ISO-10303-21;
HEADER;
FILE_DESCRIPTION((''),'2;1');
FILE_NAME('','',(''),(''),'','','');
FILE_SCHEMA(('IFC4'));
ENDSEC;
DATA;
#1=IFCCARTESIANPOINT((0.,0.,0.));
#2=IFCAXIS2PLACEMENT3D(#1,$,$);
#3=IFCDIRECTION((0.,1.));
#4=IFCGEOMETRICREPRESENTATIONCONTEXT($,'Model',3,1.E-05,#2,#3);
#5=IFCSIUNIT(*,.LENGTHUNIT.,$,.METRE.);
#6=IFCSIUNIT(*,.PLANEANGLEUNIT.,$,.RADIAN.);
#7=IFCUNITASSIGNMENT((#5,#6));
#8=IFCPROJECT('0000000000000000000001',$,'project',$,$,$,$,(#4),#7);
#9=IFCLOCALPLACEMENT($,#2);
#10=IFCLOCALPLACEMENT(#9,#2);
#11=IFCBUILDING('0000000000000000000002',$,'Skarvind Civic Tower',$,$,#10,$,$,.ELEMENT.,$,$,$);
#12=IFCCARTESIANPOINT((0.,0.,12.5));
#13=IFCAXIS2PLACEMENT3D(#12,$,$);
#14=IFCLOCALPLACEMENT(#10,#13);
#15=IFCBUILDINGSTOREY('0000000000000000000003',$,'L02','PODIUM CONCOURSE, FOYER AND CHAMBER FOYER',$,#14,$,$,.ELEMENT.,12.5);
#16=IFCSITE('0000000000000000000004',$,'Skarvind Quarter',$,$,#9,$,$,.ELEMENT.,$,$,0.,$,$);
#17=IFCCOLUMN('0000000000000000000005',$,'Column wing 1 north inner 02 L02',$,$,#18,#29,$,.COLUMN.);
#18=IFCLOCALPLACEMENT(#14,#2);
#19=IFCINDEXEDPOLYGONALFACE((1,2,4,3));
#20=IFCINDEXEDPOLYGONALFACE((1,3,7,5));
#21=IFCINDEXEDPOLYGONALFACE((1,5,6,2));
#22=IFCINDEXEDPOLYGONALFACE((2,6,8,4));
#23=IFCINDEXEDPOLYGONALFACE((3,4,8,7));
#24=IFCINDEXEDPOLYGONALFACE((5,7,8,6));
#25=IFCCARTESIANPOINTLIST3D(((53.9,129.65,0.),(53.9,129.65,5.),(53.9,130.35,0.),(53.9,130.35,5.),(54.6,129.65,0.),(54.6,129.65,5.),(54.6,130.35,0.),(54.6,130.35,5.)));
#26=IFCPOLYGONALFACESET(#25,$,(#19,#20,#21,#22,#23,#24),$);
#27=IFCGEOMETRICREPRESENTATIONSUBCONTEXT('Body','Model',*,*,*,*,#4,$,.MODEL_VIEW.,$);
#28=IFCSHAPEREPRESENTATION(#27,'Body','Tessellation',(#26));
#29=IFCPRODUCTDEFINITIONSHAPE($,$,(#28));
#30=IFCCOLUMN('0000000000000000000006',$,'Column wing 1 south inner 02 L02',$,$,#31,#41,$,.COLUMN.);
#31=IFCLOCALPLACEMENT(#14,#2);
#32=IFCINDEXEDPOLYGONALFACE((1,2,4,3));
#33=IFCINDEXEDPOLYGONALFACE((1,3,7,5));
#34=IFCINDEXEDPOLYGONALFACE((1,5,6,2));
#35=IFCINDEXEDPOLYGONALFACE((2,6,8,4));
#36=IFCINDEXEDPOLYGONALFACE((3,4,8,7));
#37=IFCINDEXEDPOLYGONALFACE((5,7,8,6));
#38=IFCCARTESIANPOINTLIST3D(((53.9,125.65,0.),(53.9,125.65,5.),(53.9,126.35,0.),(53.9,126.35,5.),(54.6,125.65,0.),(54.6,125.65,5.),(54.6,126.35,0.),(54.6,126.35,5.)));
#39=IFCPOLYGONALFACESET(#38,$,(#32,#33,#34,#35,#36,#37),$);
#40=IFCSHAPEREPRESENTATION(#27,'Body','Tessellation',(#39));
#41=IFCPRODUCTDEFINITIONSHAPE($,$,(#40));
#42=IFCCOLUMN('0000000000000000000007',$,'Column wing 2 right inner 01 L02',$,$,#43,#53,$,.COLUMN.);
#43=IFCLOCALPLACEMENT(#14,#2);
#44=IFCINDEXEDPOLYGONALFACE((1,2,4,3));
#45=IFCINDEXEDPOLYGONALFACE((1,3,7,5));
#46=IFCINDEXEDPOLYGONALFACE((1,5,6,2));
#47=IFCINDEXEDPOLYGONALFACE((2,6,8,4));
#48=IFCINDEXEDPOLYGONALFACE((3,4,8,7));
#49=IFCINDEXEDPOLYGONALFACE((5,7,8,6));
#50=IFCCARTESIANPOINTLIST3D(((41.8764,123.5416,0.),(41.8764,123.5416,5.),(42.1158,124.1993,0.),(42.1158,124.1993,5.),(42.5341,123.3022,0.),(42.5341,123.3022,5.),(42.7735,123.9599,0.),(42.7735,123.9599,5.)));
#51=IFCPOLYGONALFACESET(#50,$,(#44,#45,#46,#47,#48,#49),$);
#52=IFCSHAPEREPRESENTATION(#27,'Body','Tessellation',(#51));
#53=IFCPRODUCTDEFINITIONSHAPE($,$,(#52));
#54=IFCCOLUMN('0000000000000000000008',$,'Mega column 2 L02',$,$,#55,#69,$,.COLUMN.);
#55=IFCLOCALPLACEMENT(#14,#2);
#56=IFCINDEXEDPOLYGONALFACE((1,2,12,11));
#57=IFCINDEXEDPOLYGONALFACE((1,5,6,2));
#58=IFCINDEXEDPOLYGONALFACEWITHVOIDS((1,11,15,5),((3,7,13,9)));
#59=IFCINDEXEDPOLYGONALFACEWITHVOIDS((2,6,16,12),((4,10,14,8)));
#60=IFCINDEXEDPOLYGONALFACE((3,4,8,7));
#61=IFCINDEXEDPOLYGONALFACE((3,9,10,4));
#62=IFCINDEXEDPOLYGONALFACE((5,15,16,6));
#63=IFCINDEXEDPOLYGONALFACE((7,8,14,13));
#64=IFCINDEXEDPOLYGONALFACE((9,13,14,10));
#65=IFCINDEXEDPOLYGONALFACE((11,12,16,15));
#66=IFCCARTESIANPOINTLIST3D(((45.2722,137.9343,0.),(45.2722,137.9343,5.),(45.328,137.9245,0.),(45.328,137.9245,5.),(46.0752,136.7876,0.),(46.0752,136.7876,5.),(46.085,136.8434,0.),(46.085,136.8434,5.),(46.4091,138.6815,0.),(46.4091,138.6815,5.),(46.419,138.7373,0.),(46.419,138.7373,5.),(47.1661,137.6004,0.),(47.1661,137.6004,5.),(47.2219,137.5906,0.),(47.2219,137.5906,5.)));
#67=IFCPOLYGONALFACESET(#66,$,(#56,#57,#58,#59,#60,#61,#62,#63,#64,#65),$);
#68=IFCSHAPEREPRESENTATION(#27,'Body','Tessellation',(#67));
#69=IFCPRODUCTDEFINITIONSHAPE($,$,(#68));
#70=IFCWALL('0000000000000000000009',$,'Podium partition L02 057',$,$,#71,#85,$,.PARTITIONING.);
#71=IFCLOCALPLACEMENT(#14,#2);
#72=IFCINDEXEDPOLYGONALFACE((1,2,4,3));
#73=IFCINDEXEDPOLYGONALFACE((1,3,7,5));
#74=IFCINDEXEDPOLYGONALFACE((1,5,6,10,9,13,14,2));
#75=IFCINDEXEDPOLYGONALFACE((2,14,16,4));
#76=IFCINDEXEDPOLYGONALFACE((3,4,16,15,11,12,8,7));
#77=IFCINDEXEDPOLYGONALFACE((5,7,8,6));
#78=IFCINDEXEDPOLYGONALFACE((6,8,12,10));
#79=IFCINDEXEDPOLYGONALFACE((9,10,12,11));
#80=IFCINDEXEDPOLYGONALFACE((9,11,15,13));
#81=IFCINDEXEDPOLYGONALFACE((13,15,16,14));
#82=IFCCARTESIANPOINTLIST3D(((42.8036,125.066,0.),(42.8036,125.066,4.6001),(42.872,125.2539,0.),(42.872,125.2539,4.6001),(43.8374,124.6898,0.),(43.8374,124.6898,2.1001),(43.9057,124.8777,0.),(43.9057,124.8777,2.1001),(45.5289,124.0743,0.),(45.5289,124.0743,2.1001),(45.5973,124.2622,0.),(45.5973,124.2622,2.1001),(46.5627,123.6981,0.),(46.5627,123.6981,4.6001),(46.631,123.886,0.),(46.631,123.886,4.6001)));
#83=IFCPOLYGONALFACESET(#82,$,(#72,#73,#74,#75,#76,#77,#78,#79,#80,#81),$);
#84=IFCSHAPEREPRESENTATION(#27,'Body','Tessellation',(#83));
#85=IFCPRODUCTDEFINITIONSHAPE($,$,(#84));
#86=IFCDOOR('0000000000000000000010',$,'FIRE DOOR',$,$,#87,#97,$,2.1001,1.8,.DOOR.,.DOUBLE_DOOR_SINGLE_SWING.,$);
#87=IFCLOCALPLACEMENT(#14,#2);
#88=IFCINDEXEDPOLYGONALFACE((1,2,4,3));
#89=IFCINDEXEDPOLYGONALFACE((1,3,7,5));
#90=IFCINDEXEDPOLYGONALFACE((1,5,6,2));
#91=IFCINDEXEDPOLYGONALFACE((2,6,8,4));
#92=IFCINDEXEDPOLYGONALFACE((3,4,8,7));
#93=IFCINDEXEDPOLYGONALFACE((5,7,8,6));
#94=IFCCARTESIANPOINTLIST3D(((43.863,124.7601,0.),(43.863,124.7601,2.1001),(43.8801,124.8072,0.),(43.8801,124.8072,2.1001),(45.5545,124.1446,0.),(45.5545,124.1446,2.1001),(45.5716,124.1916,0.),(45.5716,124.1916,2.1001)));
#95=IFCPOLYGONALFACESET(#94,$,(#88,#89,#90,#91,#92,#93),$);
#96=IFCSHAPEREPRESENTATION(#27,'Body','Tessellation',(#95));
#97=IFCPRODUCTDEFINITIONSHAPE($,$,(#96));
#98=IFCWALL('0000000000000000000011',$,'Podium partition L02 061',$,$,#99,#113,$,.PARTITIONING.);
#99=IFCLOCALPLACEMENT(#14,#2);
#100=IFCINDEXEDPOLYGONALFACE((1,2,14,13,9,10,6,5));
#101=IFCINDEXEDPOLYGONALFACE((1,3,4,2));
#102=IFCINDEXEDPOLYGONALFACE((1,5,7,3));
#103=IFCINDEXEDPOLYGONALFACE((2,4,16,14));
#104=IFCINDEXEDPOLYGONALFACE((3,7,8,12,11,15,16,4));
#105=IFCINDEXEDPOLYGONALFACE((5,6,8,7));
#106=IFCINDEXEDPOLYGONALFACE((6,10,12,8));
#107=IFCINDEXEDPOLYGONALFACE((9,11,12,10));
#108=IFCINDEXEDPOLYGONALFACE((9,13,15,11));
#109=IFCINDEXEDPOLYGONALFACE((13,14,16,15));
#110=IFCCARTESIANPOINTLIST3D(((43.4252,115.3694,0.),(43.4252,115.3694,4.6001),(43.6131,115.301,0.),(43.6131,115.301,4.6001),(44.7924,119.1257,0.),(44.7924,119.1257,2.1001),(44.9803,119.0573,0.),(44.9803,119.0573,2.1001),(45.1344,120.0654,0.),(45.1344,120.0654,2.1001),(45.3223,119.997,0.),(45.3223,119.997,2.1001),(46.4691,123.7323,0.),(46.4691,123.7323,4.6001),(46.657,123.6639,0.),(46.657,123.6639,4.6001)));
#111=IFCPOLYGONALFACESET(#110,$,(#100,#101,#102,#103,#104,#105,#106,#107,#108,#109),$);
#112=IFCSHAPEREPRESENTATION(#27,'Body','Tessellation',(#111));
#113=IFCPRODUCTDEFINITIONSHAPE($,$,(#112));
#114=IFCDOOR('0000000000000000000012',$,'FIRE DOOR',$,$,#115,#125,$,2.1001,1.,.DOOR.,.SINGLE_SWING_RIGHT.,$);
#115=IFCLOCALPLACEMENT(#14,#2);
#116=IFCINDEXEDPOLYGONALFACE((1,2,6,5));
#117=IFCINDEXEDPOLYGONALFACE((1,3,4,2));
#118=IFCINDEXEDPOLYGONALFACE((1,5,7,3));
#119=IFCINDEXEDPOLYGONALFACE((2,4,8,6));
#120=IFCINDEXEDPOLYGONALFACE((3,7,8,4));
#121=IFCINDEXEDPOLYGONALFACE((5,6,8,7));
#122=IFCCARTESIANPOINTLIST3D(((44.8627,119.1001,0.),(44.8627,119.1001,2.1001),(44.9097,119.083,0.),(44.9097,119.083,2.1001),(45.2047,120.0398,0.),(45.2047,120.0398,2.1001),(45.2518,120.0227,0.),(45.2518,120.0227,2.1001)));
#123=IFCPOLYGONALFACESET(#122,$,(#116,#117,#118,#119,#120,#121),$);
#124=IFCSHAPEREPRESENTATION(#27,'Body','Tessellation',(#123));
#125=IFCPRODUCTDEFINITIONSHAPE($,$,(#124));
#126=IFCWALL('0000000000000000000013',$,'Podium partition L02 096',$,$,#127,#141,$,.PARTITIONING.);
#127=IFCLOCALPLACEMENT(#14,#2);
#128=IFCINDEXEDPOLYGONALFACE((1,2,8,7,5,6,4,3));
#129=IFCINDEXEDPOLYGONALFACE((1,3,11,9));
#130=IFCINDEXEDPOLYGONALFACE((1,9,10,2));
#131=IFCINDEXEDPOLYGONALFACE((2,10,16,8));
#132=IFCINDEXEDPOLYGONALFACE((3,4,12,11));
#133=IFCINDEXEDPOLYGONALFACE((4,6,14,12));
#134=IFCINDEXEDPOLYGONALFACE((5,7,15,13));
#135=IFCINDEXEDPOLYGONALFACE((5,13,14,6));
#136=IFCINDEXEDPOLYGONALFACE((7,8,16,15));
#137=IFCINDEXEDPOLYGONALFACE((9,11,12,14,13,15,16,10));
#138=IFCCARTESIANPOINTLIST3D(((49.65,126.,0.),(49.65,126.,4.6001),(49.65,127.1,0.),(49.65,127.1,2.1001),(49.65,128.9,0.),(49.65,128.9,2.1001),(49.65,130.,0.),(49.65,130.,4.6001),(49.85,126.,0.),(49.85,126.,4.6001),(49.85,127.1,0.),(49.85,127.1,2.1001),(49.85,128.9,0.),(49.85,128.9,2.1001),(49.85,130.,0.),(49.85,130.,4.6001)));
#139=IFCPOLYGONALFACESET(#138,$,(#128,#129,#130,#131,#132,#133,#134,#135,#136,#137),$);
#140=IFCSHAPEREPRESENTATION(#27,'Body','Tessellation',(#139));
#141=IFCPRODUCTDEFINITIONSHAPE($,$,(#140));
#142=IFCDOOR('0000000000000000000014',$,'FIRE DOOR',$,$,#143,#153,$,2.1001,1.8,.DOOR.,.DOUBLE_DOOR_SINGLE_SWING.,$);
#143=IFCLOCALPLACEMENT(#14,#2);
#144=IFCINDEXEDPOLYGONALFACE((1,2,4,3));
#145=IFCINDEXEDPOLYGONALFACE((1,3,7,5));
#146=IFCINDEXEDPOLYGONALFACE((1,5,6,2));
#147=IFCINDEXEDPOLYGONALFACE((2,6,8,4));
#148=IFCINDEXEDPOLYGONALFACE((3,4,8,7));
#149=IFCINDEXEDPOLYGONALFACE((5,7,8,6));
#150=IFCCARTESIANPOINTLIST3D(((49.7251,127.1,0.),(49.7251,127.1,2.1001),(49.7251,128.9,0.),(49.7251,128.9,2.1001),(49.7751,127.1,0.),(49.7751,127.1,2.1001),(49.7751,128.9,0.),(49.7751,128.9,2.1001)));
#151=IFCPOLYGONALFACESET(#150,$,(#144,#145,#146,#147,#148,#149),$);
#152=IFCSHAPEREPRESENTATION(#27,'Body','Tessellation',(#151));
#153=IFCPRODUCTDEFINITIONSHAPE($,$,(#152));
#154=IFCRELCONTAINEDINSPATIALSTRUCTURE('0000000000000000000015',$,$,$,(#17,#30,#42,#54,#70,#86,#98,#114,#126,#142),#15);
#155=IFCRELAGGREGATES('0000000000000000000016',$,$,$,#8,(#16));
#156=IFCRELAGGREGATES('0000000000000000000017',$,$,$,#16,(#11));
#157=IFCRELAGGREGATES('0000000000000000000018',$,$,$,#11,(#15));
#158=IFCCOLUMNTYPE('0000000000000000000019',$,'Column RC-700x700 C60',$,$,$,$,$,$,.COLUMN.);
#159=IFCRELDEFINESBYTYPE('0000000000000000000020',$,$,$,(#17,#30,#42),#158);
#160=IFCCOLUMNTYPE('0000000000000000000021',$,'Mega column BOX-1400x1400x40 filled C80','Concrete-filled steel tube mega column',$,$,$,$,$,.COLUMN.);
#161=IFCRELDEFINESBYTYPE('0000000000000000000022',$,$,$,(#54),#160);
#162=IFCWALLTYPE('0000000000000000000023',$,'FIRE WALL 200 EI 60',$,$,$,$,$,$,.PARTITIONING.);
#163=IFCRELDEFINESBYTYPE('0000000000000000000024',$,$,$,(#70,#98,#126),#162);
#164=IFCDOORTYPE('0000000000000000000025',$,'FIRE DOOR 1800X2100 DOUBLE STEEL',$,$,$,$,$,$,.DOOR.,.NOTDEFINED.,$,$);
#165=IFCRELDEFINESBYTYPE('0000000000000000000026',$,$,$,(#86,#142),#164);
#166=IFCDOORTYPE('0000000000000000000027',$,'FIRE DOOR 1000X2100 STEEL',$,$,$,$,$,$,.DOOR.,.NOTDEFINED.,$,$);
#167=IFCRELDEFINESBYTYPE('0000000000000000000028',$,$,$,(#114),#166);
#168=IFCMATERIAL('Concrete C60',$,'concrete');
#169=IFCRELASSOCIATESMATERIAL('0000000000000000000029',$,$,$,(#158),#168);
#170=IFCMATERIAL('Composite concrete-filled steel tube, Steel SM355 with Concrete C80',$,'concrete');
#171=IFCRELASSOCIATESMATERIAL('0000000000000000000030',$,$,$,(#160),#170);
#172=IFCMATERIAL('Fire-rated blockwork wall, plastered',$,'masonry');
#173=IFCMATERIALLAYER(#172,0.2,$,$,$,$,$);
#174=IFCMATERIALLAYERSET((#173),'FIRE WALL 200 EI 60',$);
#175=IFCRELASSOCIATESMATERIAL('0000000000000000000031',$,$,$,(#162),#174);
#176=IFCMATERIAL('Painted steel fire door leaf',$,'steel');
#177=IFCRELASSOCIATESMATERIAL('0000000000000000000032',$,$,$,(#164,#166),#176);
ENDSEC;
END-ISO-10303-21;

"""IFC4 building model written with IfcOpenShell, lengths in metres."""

from ifc_helpers import new_model, si_unit, direction, frame, frame_2d, origin, origin_2d, place, context, subcontext, project, spatial, rectangle, hollow_rectangle, extrude, material, layer, layer_set, material_profile, profile_set, type_object, element, fill, save


model = new_model("IFC4")

# Units and contexts
model_context = context("Model", 3, precision=1e-05, world=origin(), true_north=direction((0.0, 1.0)))
body_context = subcontext(model_context, "Body", "Model", "MODEL_VIEW")
ifc_project = project(units=[si_unit("LENGTHUNIT", "METRE"), si_unit("PLANEANGLEUNIT", "RADIAN")], contexts=[model_context])

# Site, building, storey
site_placement = place(None, origin())
site = spatial("IfcSite", under=ifc_project, at=site_placement, Name="Skarvind Quarter", CompositionType="ELEMENT", RefElevation=0.0)
building_placement = place(site_placement, origin())
building = spatial("IfcBuilding", under=site, at=building_placement, Name="Skarvind Civic Tower", CompositionType="ELEMENT")
storey_placement = place(building_placement, frame((0.0, 0.0, 12.5)))
storey = spatial("IfcBuildingStorey", under=building, at=storey_placement, Name="L02", Description="PODIUM CONCOURSE, FOYER AND CHAMBER FOYER", CompositionType="ELEMENT", Elevation=12.5)

# Columns
ifc_material_1 = material(Name="Concrete C60", Category="concrete")
ifc_material_profile_1 = material_profile(ifc_material_1, rectangle(XDim=0.7, YDim=0.7, at=origin_2d()), Name="RC-700x700")
ifc_profile_set_1 = profile_set([ifc_material_profile_1], Name="Concrete C60")
column_type_1 = type_object("IfcColumnType", Name="Column RC-700x700 C60", PredefinedType="COLUMN", material=ifc_profile_set_1)
for number, where, z_axis, x_axis, name in (
    (1, (54.25, 130.0, 0.0), (0.0, 0.0, 1.0), (1.0, 0.0, 0.0), "Column wing 1 north inner 02 L02"),
    (2, (54.25, 126.0, 0.0), (0.0, 0.0, 1.0), (1.0, 0.0, 0.0), "Column wing 1 south inner 02 L02"),
    (3, (42.325, 123.7507, 0.0), (0.0, 0.0, 1.0), (-0.34202, -0.939693, 0.0), "Column wing 2 right inner 01 L02"),
):
    element("IfcColumn", number, at=place(storey_placement, frame(where, z_axis=z_axis, x_axis=x_axis)), inside=storey, type_object=column_type_1, Name=name, PredefinedType="COLUMN", context=body_context, shape_type="SweptSolid", body=[
        extrude(rectangle(XDim=0.7, YDim=0.7, at=origin_2d()), origin(), (0.0, 0.0, 1.0), 5.0),
    ])
ifc_material_2 = material(Name="Composite concrete-filled steel tube, Steel SM355 with Concrete C80", Category="concrete")
ifc_material_profile_2 = material_profile(ifc_material_2, hollow_rectangle(XDim=1.3999, YDim=1.3999, WallThickness=0.04, at=origin_2d()), Name="BOX-1400x1400x40")
ifc_profile_set_2 = profile_set([ifc_material_profile_2], Name="Composite concrete-filled steel tube, Steel SM355 with Concrete C80")
column_type_2 = type_object("IfcColumnType", Name="Mega column BOX-1400x1400x40 filled C80", Description="Concrete-filled steel tube mega column", PredefinedType="COLUMN", material=ifc_profile_set_2)
column_placement = place(storey_placement, frame((46.2471, 137.7625, 0.0), z_axis=(0.0, 0.0, 1.0), x_axis=(0.573576, -0.819152, 0.0)))
element("IfcColumn", 4, at=column_placement, inside=storey, type_object=column_type_2, Name="Mega column 2 L02", PredefinedType="COLUMN", context=body_context, shape_type="SweptSolid", body=[
    extrude(hollow_rectangle(XDim=1.3999, YDim=1.3999, WallThickness=0.04, at=origin_2d()), origin(), (0.0, 0.0, 1.0), 5.0),
])

# Walls, openings, doors
ifc_material_3 = material(Name="Fire-rated blockwork wall, plastered", Category="masonry")
ifc_layer_1 = layer(ifc_material_3, 0.2)
ifc_layer_set_1 = layer_set([ifc_layer_1], Name="FIRE WALL 200 EI 60")
wall_type_1 = type_object("IfcWallType", Name="FIRE WALL 200 EI 60", PredefinedType="PARTITIONING", material=ifc_layer_set_1)
wall_1_placement = place(storey_placement, frame((42.8379, 125.1599, 0.0), z_axis=(0.0, 0.0, 1.0), x_axis=(0.939713, -0.341964, 0.0)))
wall_1 = element("IfcWall", 5, at=wall_1_placement, inside=storey, type_object=wall_type_1, Name="Podium partition L02 057", PredefinedType="PARTITIONING", context=body_context, shape_type="SweptSolid", body=[
    extrude(rectangle(XDim=4.0002, YDim=0.2, at=frame_2d((2.0, 0.0))), origin(), (0.0, 0.0, 1.0), 4.6001),
])
opening_1_placement = place(wall_1_placement, frame((1.1001, 0.0, 0.0)))
opening_1 = element("IfcOpeningElement", 6, at=opening_1_placement, cuts=wall_1, PredefinedType="OPENING", context=body_context, shape_type="SweptSolid", body=[
    extrude(rectangle(XDim=1.8, YDim=2.1001, at=frame_2d((0.8999, 1.05))), frame((0.0, 0.1099, 0.0), z_axis=(0.0, -1.0, 0.0), x_axis=(1.0, 0.0, 0.0)), (0.0, 0.0, 1.0), 0.22),
])
ifc_material_4 = material(Name="Painted steel fire door leaf", Category="steel")
door_type_1 = type_object("IfcDoorType", Name="FIRE DOOR 1800X2100 DOUBLE STEEL", OperationType="NOTDEFINED", PredefinedType="DOOR", material=ifc_material_4)
door_1_placement = place(opening_1_placement, origin())
door_1 = element("IfcDoor", 7, at=door_1_placement, inside=storey, type_object=door_type_1, Name="FIRE DOOR", OperationType="DOUBLE_DOOR_SINGLE_SWING", OverallHeight=2.1001, OverallWidth=1.8, PredefinedType="DOOR", context=body_context, shape_type="SweptSolid", body=[
    extrude(rectangle(XDim=1.8, YDim=2.1001, at=frame_2d((0.8999, 1.05))), frame((0.0, 0.0249, 0.0), z_axis=(0.0, -1.0, 0.0), x_axis=(1.0, 0.0, 0.0)), (0.0, 0.0, 1.0), 0.05),
])
fill(opening_1, door_1)
wall_2_placement = place(storey_placement, frame((46.563, 123.698, 0.0), z_axis=(0.0, 0.0, 1.0), x_axis=(-0.342025, -0.939691, 0.0)))
wall_2 = element("IfcWall", 8, at=wall_2_placement, inside=storey, type_object=wall_type_1, Name="Podium partition L02 061", PredefinedType="PARTITIONING", context=body_context, shape_type="SweptSolid", body=[
    extrude(rectangle(XDim=8.8997, YDim=0.2, at=frame_2d((4.4497, 0.0))), origin(), (0.0, 0.0, 1.0), 4.6001),
])
opening_2_placement = place(wall_2_placement, frame((3.9021, 0.0, 0.0)))
opening_2 = element("IfcOpeningElement", 9, at=opening_2_placement, cuts=wall_2, PredefinedType="OPENING", context=body_context, shape_type="SweptSolid", body=[
    extrude(rectangle(XDim=1.0, YDim=2.1001, at=frame_2d((0.5, 1.05))), frame((0.0, 0.1099, 0.0), z_axis=(0.0, -1.0, 0.0), x_axis=(1.0, 0.0, 0.0)), (0.0, 0.0, 1.0), 0.22),
])
door_type_2 = type_object("IfcDoorType", Name="FIRE DOOR 1000X2100 STEEL", OperationType="NOTDEFINED", PredefinedType="DOOR", material=ifc_material_4)
door_2_placement = place(opening_2_placement, origin())
door_2 = element("IfcDoor", 10, at=door_2_placement, inside=storey, type_object=door_type_2, Name="FIRE DOOR", OperationType="SINGLE_SWING_RIGHT", OverallHeight=2.1001, OverallWidth=1.0, PredefinedType="DOOR", context=body_context, shape_type="SweptSolid", body=[
    extrude(rectangle(XDim=1.0, YDim=2.1001, at=frame_2d((0.5, 1.05))), frame((0.0, 0.0249, 0.0), z_axis=(0.0, -1.0, 0.0), x_axis=(1.0, 0.0, 0.0)), (0.0, 0.0, 1.0), 0.05),
])
fill(opening_2, door_2)
wall_3_placement = place(storey_placement, frame((49.75, 126.0, 0.0), z_axis=(0.0, 0.0, 1.0), x_axis=(0.0, 1.0, 0.0)))
wall_3 = element("IfcWall", 11, at=wall_3_placement, inside=storey, type_object=wall_type_1, Name="Podium partition L02 096", PredefinedType="PARTITIONING", context=body_context, shape_type="SweptSolid", body=[
    extrude(rectangle(XDim=4.0, YDim=0.2, at=frame_2d((2.0, 0.0))), origin(), (0.0, 0.0, 1.0), 4.6001),
])
opening_3_placement = place(wall_3_placement, frame((1.1001, 0.0, 0.0)))
opening_3 = element("IfcOpeningElement", 12, at=opening_3_placement, cuts=wall_3, PredefinedType="OPENING", context=body_context, shape_type="SweptSolid", body=[
    extrude(rectangle(XDim=1.8, YDim=2.1001, at=frame_2d((0.8999, 1.05))), frame((0.0, 0.1099, 0.0), z_axis=(0.0, -1.0, 0.0), x_axis=(1.0, 0.0, 0.0)), (0.0, 0.0, 1.0), 0.22),
])
door_3_placement = place(opening_3_placement, origin())
door_3 = element("IfcDoor", 13, at=door_3_placement, inside=storey, type_object=door_type_1, Name="FIRE DOOR", OperationType="DOUBLE_DOOR_SINGLE_SWING", OverallHeight=2.1001, OverallWidth=1.8, PredefinedType="DOOR", context=body_context, shape_type="SweptSolid", body=[
    extrude(rectangle(XDim=1.8, YDim=2.1001, at=frame_2d((0.8999, 1.05))), frame((0.0, 0.0249, 0.0), z_axis=(0.0, -1.0, 0.0), x_axis=(1.0, 0.0, 0.0)), (0.0, 0.0, 1.0), 0.05),
])
fill(opening_3, door_3)

save(model, "model.ifc")
